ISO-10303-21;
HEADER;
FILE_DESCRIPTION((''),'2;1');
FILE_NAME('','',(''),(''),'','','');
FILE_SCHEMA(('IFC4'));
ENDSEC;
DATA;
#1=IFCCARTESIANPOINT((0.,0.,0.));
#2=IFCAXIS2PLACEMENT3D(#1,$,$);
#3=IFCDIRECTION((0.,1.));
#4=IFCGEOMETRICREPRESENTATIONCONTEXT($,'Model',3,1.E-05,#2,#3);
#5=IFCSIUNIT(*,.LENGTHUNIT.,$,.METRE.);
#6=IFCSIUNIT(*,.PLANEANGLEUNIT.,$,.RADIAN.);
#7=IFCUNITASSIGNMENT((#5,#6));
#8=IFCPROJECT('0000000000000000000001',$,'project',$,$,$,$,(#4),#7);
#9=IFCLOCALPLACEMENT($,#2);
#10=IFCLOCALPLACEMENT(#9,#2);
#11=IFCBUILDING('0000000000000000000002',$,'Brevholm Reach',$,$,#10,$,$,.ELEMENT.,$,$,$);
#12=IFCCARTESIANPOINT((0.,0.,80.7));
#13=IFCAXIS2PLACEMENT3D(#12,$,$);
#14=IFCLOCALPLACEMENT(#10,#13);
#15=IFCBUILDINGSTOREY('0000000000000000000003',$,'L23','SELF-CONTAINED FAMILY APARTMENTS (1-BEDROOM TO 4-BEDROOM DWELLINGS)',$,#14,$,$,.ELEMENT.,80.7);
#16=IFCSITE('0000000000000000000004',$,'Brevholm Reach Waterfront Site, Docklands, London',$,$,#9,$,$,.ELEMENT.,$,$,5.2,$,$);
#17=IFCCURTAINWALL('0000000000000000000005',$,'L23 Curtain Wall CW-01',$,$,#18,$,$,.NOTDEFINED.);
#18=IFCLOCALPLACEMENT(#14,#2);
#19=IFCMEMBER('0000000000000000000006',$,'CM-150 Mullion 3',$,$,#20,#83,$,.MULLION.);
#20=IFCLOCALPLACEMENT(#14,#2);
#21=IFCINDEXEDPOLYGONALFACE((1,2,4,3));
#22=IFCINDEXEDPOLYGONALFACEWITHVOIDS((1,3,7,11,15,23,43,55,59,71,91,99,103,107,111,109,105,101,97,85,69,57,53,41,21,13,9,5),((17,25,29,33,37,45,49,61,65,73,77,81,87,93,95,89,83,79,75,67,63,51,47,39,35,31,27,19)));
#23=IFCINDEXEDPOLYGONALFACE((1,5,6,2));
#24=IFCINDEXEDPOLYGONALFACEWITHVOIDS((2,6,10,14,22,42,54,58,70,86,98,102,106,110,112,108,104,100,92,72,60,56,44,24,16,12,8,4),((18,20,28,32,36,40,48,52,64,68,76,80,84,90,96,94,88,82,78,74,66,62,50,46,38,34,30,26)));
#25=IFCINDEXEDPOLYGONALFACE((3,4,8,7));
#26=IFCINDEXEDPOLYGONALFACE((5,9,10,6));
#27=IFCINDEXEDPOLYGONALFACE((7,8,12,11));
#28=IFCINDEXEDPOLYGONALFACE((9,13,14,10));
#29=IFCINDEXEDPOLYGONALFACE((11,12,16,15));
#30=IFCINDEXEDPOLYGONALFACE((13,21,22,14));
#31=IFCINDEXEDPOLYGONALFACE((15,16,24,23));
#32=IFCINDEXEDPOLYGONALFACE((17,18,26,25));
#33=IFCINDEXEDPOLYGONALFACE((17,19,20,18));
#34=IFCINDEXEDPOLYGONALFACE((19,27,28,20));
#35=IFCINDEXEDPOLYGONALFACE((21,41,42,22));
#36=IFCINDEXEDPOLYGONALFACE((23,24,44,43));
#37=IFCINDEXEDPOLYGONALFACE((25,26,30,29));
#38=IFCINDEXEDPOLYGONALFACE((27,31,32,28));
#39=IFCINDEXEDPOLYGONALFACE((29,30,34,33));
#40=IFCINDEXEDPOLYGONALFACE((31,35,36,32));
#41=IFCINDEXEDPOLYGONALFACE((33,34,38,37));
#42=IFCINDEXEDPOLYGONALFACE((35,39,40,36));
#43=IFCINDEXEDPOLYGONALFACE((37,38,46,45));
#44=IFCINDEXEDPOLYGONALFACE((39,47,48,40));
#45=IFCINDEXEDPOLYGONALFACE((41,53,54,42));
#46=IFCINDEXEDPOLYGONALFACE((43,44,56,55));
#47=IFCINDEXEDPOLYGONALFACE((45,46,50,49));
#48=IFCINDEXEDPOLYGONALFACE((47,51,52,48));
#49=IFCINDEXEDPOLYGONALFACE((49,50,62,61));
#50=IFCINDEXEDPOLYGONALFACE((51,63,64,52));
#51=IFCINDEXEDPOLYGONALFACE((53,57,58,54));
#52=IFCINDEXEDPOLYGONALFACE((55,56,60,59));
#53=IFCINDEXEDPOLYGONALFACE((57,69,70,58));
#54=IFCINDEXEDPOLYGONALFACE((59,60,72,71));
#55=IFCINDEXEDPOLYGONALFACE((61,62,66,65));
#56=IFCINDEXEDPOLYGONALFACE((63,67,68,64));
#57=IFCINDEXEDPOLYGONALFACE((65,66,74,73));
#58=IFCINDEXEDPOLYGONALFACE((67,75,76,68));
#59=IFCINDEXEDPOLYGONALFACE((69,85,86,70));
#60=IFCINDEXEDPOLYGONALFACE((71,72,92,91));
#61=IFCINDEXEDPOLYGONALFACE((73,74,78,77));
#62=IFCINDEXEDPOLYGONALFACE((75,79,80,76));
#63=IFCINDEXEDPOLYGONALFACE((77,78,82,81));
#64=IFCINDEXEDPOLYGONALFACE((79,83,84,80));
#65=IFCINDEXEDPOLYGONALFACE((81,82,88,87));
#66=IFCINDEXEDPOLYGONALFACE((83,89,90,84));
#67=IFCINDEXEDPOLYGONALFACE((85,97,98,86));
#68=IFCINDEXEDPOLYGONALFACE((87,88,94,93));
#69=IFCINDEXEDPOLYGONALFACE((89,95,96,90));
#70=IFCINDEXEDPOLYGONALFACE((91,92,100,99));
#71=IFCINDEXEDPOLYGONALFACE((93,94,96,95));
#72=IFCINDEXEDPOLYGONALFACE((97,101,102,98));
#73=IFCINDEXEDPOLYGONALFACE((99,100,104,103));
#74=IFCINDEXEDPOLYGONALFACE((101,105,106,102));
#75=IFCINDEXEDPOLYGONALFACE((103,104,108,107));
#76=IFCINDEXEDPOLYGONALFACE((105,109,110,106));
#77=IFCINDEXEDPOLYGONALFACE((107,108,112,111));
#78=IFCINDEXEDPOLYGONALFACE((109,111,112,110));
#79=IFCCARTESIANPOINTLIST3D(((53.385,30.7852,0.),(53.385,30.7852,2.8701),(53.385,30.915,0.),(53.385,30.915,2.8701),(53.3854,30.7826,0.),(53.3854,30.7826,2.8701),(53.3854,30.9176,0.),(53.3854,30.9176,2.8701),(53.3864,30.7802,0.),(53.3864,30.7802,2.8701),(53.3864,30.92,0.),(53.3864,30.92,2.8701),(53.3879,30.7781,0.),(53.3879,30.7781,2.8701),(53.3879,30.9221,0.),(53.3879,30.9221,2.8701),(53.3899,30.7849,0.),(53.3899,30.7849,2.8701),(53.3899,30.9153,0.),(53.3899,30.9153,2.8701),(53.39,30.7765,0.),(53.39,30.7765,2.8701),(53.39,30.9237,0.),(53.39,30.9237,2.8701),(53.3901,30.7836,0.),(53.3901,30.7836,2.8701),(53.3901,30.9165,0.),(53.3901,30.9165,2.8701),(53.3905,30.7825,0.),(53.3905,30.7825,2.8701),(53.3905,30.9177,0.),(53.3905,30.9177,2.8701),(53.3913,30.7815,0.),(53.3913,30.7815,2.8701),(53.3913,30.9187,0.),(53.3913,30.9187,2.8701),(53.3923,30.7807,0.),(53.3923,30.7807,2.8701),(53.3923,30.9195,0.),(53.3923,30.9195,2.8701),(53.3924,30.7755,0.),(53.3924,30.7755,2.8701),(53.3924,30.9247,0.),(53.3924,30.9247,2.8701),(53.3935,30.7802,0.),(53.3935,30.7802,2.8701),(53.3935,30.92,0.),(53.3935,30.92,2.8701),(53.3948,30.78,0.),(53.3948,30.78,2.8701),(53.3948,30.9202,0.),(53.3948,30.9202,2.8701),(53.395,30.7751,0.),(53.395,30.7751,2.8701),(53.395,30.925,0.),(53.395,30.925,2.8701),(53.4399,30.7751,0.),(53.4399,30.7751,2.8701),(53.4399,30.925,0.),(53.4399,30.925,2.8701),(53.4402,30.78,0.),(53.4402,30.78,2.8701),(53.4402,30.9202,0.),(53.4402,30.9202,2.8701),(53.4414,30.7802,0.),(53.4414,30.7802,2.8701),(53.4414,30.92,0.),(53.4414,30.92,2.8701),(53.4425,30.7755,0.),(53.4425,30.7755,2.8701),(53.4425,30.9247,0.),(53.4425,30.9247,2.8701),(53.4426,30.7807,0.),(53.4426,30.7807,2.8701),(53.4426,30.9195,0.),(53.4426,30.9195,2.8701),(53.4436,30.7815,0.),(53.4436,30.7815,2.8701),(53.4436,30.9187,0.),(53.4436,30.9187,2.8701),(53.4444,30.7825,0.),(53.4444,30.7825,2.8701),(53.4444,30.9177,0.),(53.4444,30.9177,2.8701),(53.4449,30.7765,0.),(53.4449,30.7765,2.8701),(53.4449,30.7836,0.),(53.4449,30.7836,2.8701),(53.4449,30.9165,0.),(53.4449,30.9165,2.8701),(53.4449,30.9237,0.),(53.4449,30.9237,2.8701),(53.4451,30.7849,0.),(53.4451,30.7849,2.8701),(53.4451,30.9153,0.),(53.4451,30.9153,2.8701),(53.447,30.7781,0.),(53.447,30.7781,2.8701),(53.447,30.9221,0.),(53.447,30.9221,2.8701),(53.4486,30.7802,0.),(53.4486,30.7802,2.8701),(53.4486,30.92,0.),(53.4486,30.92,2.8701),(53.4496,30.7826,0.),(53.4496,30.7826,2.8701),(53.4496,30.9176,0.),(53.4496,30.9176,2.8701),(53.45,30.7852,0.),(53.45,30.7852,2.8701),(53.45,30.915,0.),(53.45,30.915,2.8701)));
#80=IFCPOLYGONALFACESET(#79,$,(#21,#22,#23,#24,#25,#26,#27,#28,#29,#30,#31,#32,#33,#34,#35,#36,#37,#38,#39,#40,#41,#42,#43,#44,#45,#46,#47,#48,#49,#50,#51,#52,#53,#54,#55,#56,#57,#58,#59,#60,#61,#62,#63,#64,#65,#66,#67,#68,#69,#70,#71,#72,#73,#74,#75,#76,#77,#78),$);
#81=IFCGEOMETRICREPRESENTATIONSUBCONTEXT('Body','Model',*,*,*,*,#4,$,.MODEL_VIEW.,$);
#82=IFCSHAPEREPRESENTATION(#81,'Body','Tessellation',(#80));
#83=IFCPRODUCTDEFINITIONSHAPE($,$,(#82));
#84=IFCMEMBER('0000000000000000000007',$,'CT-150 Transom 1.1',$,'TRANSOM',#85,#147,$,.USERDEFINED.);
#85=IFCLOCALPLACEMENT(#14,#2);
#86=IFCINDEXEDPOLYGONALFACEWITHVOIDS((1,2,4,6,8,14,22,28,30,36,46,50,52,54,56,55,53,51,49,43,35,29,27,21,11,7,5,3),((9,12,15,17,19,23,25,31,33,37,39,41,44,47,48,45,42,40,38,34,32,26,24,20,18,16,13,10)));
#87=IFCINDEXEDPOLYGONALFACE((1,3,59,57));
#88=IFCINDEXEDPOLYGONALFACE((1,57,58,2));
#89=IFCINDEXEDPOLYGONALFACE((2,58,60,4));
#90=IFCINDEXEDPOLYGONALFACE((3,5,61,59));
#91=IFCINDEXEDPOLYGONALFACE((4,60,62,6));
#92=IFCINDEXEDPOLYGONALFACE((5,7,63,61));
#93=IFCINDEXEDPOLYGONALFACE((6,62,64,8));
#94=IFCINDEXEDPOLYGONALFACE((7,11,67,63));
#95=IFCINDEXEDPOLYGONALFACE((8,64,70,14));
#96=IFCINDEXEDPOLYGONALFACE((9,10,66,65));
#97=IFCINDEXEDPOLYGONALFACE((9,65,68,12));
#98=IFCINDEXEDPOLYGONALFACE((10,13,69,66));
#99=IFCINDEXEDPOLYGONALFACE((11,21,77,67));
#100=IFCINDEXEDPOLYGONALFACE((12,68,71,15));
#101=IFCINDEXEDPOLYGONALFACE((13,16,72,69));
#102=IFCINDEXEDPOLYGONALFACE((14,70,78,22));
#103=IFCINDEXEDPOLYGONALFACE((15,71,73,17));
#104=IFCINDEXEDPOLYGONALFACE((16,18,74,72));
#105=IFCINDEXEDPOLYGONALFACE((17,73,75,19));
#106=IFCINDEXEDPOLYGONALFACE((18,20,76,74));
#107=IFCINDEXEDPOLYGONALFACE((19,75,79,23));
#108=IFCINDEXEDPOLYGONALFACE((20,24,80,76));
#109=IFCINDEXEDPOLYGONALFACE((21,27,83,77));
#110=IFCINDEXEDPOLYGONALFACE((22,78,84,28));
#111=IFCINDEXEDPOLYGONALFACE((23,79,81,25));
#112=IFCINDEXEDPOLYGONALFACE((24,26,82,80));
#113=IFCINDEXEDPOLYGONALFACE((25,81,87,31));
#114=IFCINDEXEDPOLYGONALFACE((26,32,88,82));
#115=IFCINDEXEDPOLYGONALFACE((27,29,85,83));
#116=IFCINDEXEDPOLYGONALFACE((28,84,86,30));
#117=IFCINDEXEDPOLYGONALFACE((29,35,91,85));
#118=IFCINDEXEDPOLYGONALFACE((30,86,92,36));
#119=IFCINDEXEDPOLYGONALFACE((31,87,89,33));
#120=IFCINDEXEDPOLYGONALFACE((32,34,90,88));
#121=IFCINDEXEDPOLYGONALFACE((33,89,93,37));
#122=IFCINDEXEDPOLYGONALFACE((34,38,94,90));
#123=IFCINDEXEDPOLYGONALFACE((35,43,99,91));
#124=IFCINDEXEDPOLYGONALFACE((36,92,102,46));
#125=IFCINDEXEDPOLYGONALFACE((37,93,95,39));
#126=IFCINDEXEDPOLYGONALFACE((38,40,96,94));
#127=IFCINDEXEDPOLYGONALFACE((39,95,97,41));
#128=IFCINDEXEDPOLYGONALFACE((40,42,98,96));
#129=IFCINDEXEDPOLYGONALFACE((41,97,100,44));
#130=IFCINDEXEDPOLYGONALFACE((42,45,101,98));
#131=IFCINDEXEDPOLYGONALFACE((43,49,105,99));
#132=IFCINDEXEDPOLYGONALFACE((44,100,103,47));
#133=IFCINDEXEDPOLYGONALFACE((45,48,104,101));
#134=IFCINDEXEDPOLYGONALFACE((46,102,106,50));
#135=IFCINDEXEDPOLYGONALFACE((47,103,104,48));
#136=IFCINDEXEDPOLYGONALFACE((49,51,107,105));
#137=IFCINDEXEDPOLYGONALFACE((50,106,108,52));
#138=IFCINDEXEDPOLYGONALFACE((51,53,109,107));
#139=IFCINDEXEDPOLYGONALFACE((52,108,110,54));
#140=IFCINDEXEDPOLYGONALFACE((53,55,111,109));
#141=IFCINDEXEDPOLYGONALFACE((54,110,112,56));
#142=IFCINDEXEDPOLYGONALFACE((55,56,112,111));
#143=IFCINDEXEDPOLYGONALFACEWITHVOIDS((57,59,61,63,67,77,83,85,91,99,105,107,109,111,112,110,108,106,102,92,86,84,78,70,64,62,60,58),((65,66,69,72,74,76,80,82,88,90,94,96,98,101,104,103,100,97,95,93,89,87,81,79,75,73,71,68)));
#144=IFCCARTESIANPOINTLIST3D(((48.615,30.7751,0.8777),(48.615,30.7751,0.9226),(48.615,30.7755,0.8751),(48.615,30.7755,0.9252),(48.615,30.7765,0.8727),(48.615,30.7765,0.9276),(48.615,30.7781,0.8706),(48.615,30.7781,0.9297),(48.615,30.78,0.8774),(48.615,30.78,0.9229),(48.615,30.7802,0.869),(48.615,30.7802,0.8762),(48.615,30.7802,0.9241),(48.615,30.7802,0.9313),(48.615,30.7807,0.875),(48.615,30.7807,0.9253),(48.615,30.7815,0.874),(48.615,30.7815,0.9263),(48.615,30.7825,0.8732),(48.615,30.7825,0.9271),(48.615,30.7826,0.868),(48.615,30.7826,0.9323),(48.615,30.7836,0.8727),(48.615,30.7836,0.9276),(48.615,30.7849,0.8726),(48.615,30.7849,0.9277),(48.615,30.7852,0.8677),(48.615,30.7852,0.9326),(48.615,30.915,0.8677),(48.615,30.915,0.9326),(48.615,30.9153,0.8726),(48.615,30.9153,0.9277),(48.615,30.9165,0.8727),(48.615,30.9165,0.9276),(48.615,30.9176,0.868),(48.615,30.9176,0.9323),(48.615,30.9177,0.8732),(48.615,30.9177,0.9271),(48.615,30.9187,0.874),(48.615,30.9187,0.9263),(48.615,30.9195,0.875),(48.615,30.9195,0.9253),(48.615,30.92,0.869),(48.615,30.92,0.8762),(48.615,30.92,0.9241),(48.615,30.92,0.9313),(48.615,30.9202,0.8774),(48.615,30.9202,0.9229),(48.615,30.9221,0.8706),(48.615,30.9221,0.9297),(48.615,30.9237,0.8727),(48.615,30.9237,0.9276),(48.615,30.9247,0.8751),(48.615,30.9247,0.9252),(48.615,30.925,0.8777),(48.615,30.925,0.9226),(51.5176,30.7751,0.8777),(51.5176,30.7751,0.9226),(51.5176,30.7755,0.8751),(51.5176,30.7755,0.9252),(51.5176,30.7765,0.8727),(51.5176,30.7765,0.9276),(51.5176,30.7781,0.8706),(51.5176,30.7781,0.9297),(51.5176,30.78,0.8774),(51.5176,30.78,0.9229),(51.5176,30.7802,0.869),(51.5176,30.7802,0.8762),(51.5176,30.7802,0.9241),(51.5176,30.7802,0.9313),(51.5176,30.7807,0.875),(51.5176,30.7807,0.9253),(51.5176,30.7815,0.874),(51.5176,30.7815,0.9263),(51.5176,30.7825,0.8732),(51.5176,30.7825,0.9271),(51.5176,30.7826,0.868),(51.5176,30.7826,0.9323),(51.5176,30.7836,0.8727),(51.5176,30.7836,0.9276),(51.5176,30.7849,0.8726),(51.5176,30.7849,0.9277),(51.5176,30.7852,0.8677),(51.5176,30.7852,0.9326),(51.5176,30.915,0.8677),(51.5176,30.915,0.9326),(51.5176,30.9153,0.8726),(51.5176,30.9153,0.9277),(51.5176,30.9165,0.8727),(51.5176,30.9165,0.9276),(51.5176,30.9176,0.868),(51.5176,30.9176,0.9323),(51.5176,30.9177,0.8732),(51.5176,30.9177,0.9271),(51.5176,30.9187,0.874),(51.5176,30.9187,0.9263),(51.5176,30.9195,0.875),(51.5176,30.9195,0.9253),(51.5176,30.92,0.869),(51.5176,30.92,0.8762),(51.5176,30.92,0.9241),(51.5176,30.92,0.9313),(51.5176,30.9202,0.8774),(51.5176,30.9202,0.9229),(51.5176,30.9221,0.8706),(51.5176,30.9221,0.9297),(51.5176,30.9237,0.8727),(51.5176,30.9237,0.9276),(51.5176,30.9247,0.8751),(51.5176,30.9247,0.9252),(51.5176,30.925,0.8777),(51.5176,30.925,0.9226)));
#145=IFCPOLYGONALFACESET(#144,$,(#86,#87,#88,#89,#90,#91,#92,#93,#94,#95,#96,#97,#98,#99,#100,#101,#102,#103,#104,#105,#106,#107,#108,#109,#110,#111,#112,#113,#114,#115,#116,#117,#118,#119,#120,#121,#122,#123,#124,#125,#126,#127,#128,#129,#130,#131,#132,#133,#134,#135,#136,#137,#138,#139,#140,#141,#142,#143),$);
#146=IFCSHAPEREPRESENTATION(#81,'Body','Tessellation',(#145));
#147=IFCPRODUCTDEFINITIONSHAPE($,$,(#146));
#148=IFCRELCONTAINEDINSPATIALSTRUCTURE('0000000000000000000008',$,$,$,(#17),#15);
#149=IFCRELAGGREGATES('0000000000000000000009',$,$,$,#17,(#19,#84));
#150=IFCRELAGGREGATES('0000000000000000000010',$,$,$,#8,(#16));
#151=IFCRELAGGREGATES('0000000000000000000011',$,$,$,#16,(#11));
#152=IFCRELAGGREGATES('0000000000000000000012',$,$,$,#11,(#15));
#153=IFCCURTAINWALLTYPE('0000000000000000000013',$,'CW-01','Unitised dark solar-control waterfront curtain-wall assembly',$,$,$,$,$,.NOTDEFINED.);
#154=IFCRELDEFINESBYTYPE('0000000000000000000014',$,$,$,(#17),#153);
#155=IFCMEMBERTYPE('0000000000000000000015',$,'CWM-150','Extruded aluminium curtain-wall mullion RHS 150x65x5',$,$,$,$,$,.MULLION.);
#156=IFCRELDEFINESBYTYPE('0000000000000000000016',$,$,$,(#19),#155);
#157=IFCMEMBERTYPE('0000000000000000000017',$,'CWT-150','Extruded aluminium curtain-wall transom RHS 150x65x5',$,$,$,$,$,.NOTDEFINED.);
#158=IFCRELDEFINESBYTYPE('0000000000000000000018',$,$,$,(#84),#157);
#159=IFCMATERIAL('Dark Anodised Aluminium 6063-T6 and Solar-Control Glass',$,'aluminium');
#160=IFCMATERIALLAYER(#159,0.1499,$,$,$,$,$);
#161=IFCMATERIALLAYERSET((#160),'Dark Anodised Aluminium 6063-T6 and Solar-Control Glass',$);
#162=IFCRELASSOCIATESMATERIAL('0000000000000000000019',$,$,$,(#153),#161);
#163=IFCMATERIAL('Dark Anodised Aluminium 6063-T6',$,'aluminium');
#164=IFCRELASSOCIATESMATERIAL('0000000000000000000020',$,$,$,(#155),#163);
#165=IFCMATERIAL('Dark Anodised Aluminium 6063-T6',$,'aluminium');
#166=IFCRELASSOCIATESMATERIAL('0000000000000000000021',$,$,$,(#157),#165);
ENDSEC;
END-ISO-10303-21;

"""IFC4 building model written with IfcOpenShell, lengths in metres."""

from ifc_helpers import new_model, si_unit, direction, frame, origin, origin_2d, place, context, subcontext, project, spatial, hollow_rectangle, extrude, material, layer, layer_set, material_profile, profile_set, type_object, element, aggregate, save


model = new_model("IFC4")

# Units and contexts
model_context = context("Model", 3, precision=1e-05, world=origin(), true_north=direction((0.0, 1.0)))
body_context = subcontext(model_context, "Body", "Model", "MODEL_VIEW")
ifc_project = project(units=[si_unit("LENGTHUNIT", "METRE"), si_unit("PLANEANGLEUNIT", "RADIAN")], contexts=[model_context])

# Site, building, storey
site_placement = place(None, origin())
site = spatial("IfcSite", under=ifc_project, at=site_placement, Name="Brevholm Reach Waterfront Site, Docklands, London", CompositionType="ELEMENT", RefElevation=5.2)
building_placement = place(site_placement, origin())
building = spatial("IfcBuilding", under=site, at=building_placement, Name="Brevholm Reach", CompositionType="ELEMENT")
storey_placement = place(building_placement, frame((0.0, 0.0, 80.7)))
storey = spatial("IfcBuildingStorey", under=building, at=storey_placement, Name="L23", Description="SELF-CONTAINED FAMILY APARTMENTS (1-BEDROOM TO 4-BEDROOM DWELLINGS)", CompositionType="ELEMENT", Elevation=80.7)

# Curtain wall, members
ifc_material_1 = material(Name="Dark Anodised Aluminium 6063-T6 and Solar-Control Glass", Category="aluminium")
ifc_layer_1 = layer(ifc_material_1, 0.1499)
ifc_layer_set_1 = layer_set([ifc_layer_1], Name="Dark Anodised Aluminium 6063-T6 and Solar-Control Glass")
curtain_wall_type = type_object("IfcCurtainWallType", Name="CW-01", Description="Unitised dark solar-control waterfront curtain-wall assembly", PredefinedType="NOTDEFINED", material=ifc_layer_set_1)
curtain_wall_placement = place(storey_placement, origin())
curtain_wall = element("IfcCurtainWall", 1, at=curtain_wall_placement, inside=storey, type_object=curtain_wall_type, Name="L23 Curtain Wall CW-01", PredefinedType="NOTDEFINED")
ifc_material_2 = material(Name="Dark Anodised Aluminium 6063-T6", Category="aluminium")
ifc_material_profile_1 = material_profile(ifc_material_2, hollow_rectangle(XDim=0.0649, YDim=0.1499, WallThickness=0.0049, InnerFilletRadius=0.0049, OuterFilletRadius=0.01, at=origin_2d()), Name="RHS 150x65x5")
ifc_profile_set_1 = profile_set([ifc_material_profile_1], Name="Dark Anodised Aluminium 6063-T6")
member_type_1 = type_object("IfcMemberType", Name="CWM-150", Description="Extruded aluminium curtain-wall mullion RHS 150x65x5", PredefinedType="MULLION", material=ifc_profile_set_1)
member_1_placement = place(storey_placement, frame((53.4175, 30.8501, 0.0), z_axis=(0.0, 0.0, 1.0), x_axis=(1.0, 0.0, 0.0)))
member_1 = element("IfcMember", 2, at=member_1_placement, type_object=member_type_1, Name="CM-150 Mullion 3", PredefinedType="MULLION", context=body_context, shape_type="SweptSolid", body=[
    extrude(hollow_rectangle(XDim=0.0649, YDim=0.1499, WallThickness=0.0049, InnerFilletRadius=0.0049, OuterFilletRadius=0.01, at=origin_2d()), origin(), (0.0, 0.0, 1.0), 2.8701),
])
ifc_material_3 = material(Name="Dark Anodised Aluminium 6063-T6", Category="aluminium")
ifc_material_profile_2 = material_profile(ifc_material_3, hollow_rectangle(XDim=0.0649, YDim=0.1499, WallThickness=0.0049, InnerFilletRadius=0.0049, OuterFilletRadius=0.01, at=origin_2d()), Name="RHS 150x65x5")
ifc_profile_set_2 = profile_set([ifc_material_profile_2], Name="Dark Anodised Aluminium 6063-T6")
member_type_2 = type_object("IfcMemberType", Name="CWT-150", Description="Extruded aluminium curtain-wall transom RHS 150x65x5", PredefinedType="NOTDEFINED", material=ifc_profile_set_2)
member_2_placement = place(storey_placement, frame((48.615, 30.8501, 0.9001), z_axis=(1.0, 0.0, 0.0), x_axis=(0.0, 0.0, 1.0)))
member_2 = element("IfcMember", 3, at=member_2_placement, type_object=member_type_2, Name="CT-150 Transom 1.1", ObjectType="TRANSOM", PredefinedType="USERDEFINED", context=body_context, shape_type="SweptSolid", body=[
    extrude(hollow_rectangle(XDim=0.0649, YDim=0.1499, WallThickness=0.0049, InnerFilletRadius=0.0049, OuterFilletRadius=0.01, at=origin_2d()), origin(), (0.0, 0.0, 1.0), 2.9026),
])
aggregate(curtain_wall, [member_1, member_2])

save(model, "model.ifc")
